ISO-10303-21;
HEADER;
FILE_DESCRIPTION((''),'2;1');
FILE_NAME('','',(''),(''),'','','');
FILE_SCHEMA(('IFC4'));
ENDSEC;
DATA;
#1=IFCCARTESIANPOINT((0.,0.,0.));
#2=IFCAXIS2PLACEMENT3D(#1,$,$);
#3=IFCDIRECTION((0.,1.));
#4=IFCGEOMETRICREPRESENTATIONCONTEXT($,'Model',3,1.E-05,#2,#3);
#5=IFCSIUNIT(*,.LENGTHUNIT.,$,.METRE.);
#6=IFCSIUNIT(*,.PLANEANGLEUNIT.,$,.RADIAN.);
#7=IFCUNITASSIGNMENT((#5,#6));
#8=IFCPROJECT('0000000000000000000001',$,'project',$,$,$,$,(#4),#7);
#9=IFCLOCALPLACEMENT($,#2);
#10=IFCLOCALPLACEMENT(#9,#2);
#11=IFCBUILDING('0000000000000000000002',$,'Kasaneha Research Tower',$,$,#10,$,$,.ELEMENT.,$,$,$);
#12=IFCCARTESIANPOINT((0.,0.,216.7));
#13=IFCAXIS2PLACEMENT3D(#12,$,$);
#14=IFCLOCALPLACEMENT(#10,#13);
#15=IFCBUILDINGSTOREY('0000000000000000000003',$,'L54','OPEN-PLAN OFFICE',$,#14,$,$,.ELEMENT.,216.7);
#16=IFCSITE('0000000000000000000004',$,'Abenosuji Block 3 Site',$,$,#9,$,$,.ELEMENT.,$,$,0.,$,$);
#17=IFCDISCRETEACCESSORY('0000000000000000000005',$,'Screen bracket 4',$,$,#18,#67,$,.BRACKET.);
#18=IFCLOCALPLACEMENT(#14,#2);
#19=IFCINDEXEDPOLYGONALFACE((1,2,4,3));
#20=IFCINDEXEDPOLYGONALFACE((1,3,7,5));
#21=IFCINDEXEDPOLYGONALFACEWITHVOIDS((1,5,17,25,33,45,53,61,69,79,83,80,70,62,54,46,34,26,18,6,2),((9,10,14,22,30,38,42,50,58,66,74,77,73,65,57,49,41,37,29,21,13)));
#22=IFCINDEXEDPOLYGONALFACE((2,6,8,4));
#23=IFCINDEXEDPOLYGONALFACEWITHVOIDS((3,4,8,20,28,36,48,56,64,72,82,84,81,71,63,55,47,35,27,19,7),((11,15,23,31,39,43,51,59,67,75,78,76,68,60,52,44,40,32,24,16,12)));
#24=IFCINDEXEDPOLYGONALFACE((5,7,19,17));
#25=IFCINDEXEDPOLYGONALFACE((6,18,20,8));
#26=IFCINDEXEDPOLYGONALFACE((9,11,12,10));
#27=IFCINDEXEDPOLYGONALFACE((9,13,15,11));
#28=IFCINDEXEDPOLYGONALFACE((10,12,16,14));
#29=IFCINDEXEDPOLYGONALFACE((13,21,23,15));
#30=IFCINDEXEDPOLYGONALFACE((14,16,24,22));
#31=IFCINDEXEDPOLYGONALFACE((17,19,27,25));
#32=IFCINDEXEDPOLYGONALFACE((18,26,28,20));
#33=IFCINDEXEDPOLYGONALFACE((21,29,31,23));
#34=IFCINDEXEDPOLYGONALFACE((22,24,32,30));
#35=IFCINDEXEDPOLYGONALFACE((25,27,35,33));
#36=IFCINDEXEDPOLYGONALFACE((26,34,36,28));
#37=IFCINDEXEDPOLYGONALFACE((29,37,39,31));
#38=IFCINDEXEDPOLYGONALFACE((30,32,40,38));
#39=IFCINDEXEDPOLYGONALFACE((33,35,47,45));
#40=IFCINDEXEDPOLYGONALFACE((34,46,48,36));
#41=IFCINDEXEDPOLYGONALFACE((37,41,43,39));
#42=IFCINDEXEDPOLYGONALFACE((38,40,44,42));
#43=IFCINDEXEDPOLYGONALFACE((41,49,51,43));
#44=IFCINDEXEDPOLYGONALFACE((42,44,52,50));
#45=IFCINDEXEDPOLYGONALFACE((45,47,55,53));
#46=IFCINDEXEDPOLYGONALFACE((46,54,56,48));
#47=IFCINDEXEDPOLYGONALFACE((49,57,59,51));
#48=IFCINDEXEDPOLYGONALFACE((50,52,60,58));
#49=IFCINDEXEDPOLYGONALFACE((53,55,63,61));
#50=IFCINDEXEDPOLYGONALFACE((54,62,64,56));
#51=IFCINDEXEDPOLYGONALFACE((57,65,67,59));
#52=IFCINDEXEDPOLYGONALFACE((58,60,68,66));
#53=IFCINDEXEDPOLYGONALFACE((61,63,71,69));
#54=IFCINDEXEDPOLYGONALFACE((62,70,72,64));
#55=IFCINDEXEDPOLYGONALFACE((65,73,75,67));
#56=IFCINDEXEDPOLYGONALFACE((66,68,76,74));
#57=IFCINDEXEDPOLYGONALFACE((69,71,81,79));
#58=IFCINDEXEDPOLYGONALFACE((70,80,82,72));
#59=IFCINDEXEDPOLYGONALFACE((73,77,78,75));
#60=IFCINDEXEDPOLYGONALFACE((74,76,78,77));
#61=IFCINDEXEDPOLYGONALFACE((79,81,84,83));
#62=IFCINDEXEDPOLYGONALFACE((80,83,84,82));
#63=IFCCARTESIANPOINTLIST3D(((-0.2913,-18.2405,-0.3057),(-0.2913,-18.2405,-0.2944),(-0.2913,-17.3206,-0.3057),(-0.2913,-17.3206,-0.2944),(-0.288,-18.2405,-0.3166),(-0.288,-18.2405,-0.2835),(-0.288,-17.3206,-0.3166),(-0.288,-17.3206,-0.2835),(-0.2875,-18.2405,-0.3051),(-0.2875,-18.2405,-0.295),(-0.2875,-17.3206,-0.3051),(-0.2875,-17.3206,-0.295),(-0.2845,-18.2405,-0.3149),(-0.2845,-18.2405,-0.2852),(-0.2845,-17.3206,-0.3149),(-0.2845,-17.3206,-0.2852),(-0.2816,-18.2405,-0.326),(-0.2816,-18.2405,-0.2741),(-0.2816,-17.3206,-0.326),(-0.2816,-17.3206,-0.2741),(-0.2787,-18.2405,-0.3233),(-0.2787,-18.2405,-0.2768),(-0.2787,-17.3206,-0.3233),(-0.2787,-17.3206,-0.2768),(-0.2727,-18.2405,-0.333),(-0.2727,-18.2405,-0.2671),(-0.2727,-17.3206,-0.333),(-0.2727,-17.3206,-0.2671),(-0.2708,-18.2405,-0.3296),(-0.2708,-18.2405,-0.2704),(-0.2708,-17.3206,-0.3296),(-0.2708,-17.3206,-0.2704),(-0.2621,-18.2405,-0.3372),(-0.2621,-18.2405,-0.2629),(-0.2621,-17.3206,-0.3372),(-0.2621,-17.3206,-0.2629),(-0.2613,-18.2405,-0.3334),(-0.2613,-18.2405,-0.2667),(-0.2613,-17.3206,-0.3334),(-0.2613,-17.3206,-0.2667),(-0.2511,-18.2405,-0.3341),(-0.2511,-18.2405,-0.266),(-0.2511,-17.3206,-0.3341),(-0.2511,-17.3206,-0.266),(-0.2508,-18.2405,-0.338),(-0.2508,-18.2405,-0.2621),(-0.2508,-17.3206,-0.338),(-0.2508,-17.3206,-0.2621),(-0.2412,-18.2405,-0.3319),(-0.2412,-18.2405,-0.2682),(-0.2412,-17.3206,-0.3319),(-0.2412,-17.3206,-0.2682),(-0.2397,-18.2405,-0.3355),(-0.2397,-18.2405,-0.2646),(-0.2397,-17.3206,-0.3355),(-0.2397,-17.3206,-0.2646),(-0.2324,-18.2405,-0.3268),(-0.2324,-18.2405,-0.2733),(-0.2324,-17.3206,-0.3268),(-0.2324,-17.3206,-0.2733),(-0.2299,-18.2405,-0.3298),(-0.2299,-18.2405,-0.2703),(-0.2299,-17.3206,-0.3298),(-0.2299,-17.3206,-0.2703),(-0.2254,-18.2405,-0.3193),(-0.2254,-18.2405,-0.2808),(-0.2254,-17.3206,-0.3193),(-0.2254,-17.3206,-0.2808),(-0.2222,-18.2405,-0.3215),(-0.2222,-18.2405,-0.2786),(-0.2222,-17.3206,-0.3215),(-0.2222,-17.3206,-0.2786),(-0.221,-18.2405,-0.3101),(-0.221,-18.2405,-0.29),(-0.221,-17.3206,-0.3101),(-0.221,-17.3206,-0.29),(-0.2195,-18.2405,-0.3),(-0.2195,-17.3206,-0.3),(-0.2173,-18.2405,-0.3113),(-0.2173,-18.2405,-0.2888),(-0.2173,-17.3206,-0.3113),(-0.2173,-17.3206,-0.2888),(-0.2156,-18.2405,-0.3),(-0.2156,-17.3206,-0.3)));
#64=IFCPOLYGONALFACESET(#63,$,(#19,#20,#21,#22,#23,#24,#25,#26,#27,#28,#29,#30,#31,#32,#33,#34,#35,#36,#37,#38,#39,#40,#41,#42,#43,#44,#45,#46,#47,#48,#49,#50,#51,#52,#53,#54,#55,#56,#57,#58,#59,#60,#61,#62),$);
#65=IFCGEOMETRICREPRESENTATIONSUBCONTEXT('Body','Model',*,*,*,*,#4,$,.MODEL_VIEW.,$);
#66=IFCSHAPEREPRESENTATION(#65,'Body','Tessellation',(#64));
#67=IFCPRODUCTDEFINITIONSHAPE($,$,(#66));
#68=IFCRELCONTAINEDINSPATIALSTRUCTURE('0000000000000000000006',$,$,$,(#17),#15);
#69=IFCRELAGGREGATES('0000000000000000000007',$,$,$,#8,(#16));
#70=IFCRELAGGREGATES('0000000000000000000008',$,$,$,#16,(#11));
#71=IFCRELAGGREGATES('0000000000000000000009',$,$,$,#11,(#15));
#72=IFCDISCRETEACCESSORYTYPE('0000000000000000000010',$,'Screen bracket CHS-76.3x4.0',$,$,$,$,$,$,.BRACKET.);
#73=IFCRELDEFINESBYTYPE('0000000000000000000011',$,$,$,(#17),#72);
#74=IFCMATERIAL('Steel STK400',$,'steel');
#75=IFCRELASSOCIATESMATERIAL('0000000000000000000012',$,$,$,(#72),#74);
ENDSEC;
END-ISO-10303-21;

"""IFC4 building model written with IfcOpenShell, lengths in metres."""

from ifc_helpers import new_model, si_unit, direction, frame, origin, origin_2d, place, context, subcontext, project, spatial, hollow_circle, extrude, material, material_profile, profile_set, type_object, element, save


model = new_model("IFC4")

# Units and contexts
model_context = context("Model", 3, precision=1e-05, world=origin(), true_north=direction((0.0, 1.0)))
body_context = subcontext(model_context, "Body", "Model", "MODEL_VIEW")
ifc_project = project(units=[si_unit("LENGTHUNIT", "METRE"), si_unit("PLANEANGLEUNIT", "RADIAN")], contexts=[model_context])

# Site, building, storey
site_placement = place(None, origin())
site = spatial("IfcSite", under=ifc_project, at=site_placement, Name="Abenosuji Block 3 Site", CompositionType="ELEMENT", RefElevation=0.0)
building_placement = place(site_placement, origin())
building = spatial("IfcBuilding", under=site, at=building_placement, Name="Kasaneha Research Tower", CompositionType="ELEMENT")
storey_placement = place(building_placement, frame((0.0, 0.0, 216.7)))
storey = spatial("IfcBuildingStorey", under=building, at=storey_placement, Name="L54", Description="OPEN-PLAN OFFICE", CompositionType="ELEMENT", Elevation=216.7)

# Discrete accessory
ifc_material_1 = material(Name="Steel STK400", Category="steel")
ifc_material_profile_1 = material_profile(ifc_material_1, hollow_circle(Radius=0.0381, WallThickness=0.0039, at=origin_2d()), Name="CHS-76.3x4.0")
ifc_profile_set_1 = profile_set([ifc_material_profile_1], Name="Steel STK400")
discrete_accessory_type = type_object("IfcDiscreteAccessoryType", Name="Screen bracket CHS-76.3x4.0", PredefinedType="BRACKET", material=ifc_profile_set_1)
for number, where, z_axis, x_axis, name in (
    (1, (-0.2537, -17.3206, -0.3), (0.0, -1.0, 0.0), (1.0, 0.0, 0.0), "Screen bracket 4"),
):
    element("IfcDiscreteAccessory", number, at=place(storey_placement, frame(where, z_axis=z_axis, x_axis=x_axis)), inside=storey, type_object=discrete_accessory_type, Name=name, PredefinedType="BRACKET", context=body_context, shape_type="SweptSolid", body=[
        extrude(hollow_circle(Radius=0.0381, WallThickness=0.0039, at=origin_2d()), origin(), (0.0, 0.0, 1.0), 0.9199),
    ])

save(model, "model.ifc")
